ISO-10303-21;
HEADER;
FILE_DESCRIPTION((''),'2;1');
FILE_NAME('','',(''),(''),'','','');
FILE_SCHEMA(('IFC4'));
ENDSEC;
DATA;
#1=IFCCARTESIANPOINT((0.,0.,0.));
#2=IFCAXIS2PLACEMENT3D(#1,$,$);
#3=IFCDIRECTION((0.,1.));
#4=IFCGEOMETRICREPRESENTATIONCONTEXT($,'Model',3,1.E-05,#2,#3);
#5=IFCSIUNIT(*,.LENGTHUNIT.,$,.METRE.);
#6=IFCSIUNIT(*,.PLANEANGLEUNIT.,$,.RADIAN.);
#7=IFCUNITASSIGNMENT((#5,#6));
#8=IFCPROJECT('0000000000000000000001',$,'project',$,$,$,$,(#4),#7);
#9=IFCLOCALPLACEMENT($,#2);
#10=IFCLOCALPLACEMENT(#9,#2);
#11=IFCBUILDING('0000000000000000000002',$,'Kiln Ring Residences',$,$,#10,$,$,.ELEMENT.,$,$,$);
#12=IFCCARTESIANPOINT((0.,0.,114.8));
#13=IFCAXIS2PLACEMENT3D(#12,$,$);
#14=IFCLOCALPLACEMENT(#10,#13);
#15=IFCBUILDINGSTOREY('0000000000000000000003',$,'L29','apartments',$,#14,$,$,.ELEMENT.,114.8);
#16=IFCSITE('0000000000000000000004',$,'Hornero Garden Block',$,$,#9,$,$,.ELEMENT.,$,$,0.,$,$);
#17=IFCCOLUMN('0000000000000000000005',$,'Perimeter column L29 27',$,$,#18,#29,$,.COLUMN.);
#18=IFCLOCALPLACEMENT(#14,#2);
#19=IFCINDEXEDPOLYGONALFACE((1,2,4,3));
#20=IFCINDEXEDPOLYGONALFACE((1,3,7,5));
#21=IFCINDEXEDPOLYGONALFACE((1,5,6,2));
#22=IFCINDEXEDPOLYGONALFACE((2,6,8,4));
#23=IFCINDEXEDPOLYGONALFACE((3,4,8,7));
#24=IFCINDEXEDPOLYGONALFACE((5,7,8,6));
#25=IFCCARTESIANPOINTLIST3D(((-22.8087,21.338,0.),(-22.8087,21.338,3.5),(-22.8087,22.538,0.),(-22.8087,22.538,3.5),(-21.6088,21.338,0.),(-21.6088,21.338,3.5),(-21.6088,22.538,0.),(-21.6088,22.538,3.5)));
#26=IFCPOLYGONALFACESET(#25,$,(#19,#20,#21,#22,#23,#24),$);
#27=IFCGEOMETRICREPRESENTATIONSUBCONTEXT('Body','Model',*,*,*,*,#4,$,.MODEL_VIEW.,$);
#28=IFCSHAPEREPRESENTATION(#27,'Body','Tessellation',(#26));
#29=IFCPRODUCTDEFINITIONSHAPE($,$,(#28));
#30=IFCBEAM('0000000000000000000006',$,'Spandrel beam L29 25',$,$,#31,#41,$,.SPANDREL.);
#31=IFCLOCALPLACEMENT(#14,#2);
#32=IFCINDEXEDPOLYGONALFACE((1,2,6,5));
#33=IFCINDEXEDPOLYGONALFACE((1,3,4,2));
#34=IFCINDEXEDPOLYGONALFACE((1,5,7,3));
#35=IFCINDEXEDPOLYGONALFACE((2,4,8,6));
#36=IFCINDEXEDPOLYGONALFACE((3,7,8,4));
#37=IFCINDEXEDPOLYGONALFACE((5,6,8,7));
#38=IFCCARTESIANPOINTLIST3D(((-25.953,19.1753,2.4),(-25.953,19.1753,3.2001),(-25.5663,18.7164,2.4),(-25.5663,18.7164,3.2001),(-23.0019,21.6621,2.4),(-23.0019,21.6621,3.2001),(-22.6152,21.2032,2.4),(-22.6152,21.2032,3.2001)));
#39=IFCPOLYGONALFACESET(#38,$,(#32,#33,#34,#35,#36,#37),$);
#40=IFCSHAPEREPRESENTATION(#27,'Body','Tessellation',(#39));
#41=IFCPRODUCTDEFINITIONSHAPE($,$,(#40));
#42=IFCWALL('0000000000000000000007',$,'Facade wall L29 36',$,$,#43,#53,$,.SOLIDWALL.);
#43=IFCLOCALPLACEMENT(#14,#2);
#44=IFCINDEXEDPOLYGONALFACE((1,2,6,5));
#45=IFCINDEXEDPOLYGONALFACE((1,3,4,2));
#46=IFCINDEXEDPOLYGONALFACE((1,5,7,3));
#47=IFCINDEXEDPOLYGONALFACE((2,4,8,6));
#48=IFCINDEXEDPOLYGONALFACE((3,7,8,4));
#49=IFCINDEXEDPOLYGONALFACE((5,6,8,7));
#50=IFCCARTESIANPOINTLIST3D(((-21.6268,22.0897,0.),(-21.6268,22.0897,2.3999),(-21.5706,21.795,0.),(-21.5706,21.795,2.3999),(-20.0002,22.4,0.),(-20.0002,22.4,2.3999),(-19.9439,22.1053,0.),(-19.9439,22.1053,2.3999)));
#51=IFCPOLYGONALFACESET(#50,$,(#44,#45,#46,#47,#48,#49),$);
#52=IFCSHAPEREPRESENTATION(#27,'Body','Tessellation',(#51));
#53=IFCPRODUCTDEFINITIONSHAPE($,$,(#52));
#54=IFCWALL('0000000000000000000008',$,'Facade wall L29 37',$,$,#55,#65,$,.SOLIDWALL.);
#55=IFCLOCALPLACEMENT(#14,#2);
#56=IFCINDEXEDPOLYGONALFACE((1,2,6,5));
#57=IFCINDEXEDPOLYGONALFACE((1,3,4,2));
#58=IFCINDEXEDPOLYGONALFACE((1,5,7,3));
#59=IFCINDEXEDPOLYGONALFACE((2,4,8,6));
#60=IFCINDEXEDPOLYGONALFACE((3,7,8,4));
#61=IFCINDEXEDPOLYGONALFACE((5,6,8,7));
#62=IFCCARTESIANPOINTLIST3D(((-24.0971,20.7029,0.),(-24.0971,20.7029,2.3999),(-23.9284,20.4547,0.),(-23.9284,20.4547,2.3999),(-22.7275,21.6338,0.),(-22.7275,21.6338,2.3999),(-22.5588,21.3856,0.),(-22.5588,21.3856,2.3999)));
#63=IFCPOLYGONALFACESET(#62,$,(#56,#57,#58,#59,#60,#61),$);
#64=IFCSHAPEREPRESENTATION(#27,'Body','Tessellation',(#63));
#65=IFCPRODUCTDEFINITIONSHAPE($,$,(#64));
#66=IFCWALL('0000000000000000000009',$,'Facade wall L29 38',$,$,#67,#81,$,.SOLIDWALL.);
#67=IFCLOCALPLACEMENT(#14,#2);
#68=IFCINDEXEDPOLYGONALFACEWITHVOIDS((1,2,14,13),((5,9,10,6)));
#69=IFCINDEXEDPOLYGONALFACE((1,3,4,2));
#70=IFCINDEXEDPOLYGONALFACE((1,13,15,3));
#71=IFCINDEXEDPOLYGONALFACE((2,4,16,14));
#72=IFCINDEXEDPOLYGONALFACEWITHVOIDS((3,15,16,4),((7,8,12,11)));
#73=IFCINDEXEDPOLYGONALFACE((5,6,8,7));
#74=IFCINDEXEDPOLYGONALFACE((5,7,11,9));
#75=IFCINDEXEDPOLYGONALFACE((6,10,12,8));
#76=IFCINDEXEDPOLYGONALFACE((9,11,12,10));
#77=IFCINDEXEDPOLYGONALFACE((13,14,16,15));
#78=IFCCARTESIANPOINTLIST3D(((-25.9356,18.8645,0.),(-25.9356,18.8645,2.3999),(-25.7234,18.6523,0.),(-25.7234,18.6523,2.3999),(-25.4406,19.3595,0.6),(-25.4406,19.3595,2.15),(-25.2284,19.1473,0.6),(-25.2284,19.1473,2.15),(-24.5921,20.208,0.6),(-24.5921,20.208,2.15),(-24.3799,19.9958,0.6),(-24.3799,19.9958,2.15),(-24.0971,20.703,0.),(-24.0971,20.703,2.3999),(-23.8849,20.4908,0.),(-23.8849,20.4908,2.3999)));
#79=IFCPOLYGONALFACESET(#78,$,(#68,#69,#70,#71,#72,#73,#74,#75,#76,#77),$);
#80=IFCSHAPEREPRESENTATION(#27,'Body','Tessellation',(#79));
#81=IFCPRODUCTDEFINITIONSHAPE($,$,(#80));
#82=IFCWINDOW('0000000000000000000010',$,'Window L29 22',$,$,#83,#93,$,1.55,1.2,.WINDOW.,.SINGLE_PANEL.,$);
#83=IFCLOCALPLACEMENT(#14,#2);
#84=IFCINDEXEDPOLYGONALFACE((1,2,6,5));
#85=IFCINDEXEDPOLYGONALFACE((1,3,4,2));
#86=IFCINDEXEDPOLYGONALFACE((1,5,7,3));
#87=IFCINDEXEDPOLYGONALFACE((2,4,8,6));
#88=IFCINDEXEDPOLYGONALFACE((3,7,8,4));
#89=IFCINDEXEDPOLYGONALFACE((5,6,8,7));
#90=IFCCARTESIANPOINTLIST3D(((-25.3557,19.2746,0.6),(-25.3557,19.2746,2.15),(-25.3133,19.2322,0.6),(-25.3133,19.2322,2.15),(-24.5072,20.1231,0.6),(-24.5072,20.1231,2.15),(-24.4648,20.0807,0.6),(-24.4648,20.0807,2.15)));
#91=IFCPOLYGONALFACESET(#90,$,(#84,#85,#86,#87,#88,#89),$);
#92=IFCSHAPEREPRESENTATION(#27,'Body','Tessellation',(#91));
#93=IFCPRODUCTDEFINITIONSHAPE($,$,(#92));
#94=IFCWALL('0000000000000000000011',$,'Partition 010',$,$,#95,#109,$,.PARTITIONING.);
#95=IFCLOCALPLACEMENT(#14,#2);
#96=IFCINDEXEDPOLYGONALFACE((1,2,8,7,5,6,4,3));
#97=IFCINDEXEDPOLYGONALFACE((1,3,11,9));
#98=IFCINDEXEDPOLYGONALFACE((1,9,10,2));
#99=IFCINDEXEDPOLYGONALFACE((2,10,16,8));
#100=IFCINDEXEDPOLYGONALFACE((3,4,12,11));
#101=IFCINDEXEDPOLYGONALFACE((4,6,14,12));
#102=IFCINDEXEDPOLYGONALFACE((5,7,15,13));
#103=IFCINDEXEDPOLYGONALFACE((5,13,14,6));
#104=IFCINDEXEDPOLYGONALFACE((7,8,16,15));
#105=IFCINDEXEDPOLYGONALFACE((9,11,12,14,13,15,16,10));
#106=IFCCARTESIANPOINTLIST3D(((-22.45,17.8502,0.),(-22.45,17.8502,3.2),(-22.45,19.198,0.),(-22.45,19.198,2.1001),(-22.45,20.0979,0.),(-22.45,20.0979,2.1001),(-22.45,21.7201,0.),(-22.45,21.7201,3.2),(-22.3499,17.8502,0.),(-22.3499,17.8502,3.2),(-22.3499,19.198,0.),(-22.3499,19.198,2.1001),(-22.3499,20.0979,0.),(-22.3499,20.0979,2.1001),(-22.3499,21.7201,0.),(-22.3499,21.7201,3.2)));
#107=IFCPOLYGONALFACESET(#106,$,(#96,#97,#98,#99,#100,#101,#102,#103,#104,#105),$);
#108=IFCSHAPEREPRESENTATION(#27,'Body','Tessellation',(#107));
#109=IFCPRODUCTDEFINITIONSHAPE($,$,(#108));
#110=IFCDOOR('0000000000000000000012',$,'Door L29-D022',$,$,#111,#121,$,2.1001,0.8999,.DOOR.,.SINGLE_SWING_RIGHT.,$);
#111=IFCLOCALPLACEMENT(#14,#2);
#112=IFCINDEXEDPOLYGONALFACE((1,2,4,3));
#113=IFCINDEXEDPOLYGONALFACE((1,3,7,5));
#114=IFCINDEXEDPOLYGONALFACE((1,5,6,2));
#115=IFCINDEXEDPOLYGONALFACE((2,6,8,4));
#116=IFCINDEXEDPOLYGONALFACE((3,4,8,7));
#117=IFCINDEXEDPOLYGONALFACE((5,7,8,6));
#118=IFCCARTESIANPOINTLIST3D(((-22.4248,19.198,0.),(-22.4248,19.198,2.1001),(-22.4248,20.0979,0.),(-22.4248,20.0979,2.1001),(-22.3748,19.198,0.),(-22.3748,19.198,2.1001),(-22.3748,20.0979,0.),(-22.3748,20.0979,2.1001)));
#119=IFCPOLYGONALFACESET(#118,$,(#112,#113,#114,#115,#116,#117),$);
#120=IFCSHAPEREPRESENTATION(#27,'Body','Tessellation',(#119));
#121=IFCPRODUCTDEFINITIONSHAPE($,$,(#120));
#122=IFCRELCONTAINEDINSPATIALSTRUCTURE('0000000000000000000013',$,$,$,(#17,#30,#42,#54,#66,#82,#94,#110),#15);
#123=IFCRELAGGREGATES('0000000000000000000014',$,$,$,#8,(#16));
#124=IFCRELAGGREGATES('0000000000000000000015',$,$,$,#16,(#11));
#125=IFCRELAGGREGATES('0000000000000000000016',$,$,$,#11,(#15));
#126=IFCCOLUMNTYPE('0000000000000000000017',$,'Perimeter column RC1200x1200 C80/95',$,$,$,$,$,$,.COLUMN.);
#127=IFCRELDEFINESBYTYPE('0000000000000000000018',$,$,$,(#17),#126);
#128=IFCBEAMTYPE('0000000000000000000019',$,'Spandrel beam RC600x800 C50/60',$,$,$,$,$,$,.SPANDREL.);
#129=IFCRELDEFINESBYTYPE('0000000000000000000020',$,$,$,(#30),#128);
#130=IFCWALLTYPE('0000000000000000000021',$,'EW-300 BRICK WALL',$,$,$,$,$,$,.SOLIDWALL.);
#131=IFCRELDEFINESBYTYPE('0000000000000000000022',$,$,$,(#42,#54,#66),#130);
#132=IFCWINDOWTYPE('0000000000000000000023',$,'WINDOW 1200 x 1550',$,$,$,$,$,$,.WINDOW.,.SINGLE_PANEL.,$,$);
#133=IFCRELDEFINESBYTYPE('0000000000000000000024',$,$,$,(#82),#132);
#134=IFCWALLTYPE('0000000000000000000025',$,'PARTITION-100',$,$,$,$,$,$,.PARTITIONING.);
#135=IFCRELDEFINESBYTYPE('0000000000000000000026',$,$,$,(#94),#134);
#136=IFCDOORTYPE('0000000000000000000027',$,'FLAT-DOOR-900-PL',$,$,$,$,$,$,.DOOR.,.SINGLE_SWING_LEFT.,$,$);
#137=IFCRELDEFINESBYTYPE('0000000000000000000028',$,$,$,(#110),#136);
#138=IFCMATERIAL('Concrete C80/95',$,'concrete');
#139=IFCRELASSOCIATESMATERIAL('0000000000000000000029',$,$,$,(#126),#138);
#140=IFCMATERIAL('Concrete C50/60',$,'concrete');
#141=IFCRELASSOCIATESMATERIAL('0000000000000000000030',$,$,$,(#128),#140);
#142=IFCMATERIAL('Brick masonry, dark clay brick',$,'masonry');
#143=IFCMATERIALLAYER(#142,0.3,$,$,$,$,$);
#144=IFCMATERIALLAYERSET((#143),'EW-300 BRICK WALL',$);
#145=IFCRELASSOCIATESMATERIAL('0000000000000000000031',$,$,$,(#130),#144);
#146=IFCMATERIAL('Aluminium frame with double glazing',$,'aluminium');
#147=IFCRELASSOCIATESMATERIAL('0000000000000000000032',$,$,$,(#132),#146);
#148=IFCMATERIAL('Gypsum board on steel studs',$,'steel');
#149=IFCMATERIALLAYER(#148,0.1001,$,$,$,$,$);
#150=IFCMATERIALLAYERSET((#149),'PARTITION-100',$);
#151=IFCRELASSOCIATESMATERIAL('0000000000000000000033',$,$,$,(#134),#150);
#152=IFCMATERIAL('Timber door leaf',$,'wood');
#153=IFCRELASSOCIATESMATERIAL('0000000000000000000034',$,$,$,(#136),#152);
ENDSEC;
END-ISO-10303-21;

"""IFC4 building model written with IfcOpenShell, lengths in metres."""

from ifc_helpers import new_model, si_unit, direction, frame, frame_2d, origin, origin_2d, place, context, subcontext, project, spatial, rectangle, extrude, material, layer, layer_set, material_profile, profile_set, type_object, element, fill, save


model = new_model("IFC4")

# Units and contexts
model_context = context("Model", 3, precision=1e-05, world=origin(), true_north=direction((0.0, 1.0)))
body_context = subcontext(model_context, "Body", "Model", "MODEL_VIEW")
ifc_project = project(units=[si_unit("LENGTHUNIT", "METRE"), si_unit("PLANEANGLEUNIT", "RADIAN")], contexts=[model_context])

# Site, building, storey
site_placement = place(None, origin())
site = spatial("IfcSite", under=ifc_project, at=site_placement, Name="Hornero Garden Block", CompositionType="ELEMENT", RefElevation=0.0)
building_placement = place(site_placement, origin())
building = spatial("IfcBuilding", under=site, at=building_placement, Name="Kiln Ring Residences", CompositionType="ELEMENT")
storey_placement = place(building_placement, frame((0.0, 0.0, 114.8)))
storey = spatial("IfcBuildingStorey", under=building, at=storey_placement, Name="L29", Description="apartments", CompositionType="ELEMENT", Elevation=114.8)

# Column
ifc_material_1 = material(Name="Concrete C80/95", Category="concrete")
ifc_material_profile_1 = material_profile(ifc_material_1, rectangle(XDim=1.2, YDim=1.2, at=origin_2d()), Name="RC1200x1200")
ifc_profile_set_1 = profile_set([ifc_material_profile_1], Name="Concrete C80/95")
column_type = type_object("IfcColumnType", Name="Perimeter column RC1200x1200 C80/95", PredefinedType="COLUMN", material=ifc_profile_set_1)
column_placement = place(storey_placement, frame((-22.2087, 21.938, 0.0), z_axis=(0.0, 0.0, 1.0), x_axis=(1.0, 0.0, 0.0)))
element("IfcColumn", 1, at=column_placement, inside=storey, type_object=column_type, Name="Perimeter column L29 27", PredefinedType="COLUMN", context=body_context, shape_type="SweptSolid", body=[
    extrude(rectangle(XDim=1.2, YDim=1.2, at=origin_2d()), origin(), (0.0, 0.0, 1.0), 3.5),
])

# Beam
ifc_material_2 = material(Name="Concrete C50/60", Category="concrete")
ifc_material_profile_2 = material_profile(ifc_material_2, rectangle(XDim=0.6001, YDim=0.8, at=origin_2d()), Name="RC600x800")
ifc_profile_set_2 = profile_set([ifc_material_profile_2], Name="Concrete C50/60")
beam_type = type_object("IfcBeamType", Name="Spandrel beam RC600x800 C50/60", PredefinedType="SPANDREL", material=ifc_profile_set_2)
beam_placement = place(storey_placement, frame((-22.8086, 21.4326, 2.8), z_axis=(-0.764704, -0.644381, 0.0), x_axis=(0.644381, -0.764704, 0.0)))
element("IfcBeam", 2, at=beam_placement, inside=storey, type_object=beam_type, Name="Spandrel beam L29 25", PredefinedType="SPANDREL", context=body_context, shape_type="SweptSolid", body=[
    extrude(rectangle(XDim=0.6001, YDim=0.8, at=origin_2d()), origin(), (0.0, 0.0, 1.0), 3.8591),
])

# Walls
ifc_material_3 = material(Name="Brick masonry, dark clay brick", Category="masonry")
ifc_layer_1 = layer(ifc_material_3, 0.3)
ifc_layer_set_1 = layer_set([ifc_layer_1], Name="EW-300 BRICK WALL")
wall_type_1 = type_object("IfcWallType", Name="EW-300 BRICK WALL", PredefinedType="SOLIDWALL", material=ifc_layer_set_1)
for number, where, z_axis, x_axis, name in (
    (3, (-19.9719, 22.2527, 0.0), (0.0, 0.0, 1.0), (-0.982288, -0.187376, 0.0), "Facade wall L29 36"),
    (4, (-22.6431, 21.5098, 0.0), (0.0, 0.0, 1.0), (-0.82705, -0.562129, 0.0), "Facade wall L29 37"),
):
    element("IfcWall", number, at=place(storey_placement, frame(where, z_axis=z_axis, x_axis=x_axis)), inside=storey, type_object=wall_type_1, Name=name, PredefinedType="SOLIDWALL", context=body_context, shape_type="SweptSolid", body=[
        extrude(rectangle(XDim=1.656, YDim=0.3, at=frame_2d((0.8281, 0.0))), origin(), (0.0, 0.0, 1.0), 2.3999),
    ])

# Wall, opening, window
wall_1_placement = place(storey_placement, frame((-23.991, 20.5969, 0.0), z_axis=(0.0, 0.0, 1.0), x_axis=(-0.707107, -0.707107, 0.0)))
wall_1 = element("IfcWall", 5, at=wall_1_placement, inside=storey, type_object=wall_type_1, Name="Facade wall L29 38", PredefinedType="SOLIDWALL", context=body_context, shape_type="SweptSolid", body=[
    extrude(rectangle(XDim=2.6001, YDim=0.3, at=frame_2d((1.3, 0.0))), origin(), (0.0, 0.0, 1.0), 2.3999),
])
opening_1_placement = place(wall_1_placement, frame((0.7, 0.0, 0.6001)))
opening_1 = element("IfcOpeningElement", 6, at=opening_1_placement, cuts=wall_1, PredefinedType="OPENING", context=body_context, shape_type="SweptSolid", body=[
    extrude(rectangle(XDim=1.2, YDim=1.55, at=frame_2d((0.6001, 0.7749))), frame((0.0, 0.1599, 0.0), z_axis=(0.0, -1.0, 0.0), x_axis=(1.0, 0.0, 0.0)), (0.0, 0.0, 1.0), 0.3201),
])
ifc_material_4 = material(Name="Aluminium frame with double glazing", Category="aluminium")
window_type = type_object("IfcWindowType", Name="WINDOW 1200 x 1550", PartitioningType="SINGLE_PANEL", PredefinedType="WINDOW", material=ifc_material_4)
window_placement = place(opening_1_placement, origin())
window = element("IfcWindow", 7, at=window_placement, inside=storey, type_object=window_type, Name="Window L29 22", OverallHeight=1.55, OverallWidth=1.2, PartitioningType="SINGLE_PANEL", PredefinedType="WINDOW", context=body_context, shape_type="SweptSolid", body=[
    extrude(rectangle(XDim=1.2, YDim=1.55, at=frame_2d((0.6001, 0.7749))), frame((0.0, 0.03, 0.0), z_axis=(0.0, -1.0, 0.0), x_axis=(1.0, 0.0, 0.0)), (0.0, 0.0, 1.0), 0.0601),
])
fill(opening_1, window)

# Wall, opening, door
ifc_material_5 = material(Name="Gypsum board on steel studs", Category="steel")
ifc_layer_2 = layer(ifc_material_5, 0.1001)
ifc_layer_set_2 = layer_set([ifc_layer_2], Name="PARTITION-100")
wall_type_2 = type_object("IfcWallType", Name="PARTITION-100", PredefinedType="PARTITIONING", material=ifc_layer_set_2)
wall_2_placement = place(storey_placement, frame((-22.3999, 17.8501, 0.0), z_axis=(0.0, 0.0, 1.0), x_axis=(0.0, 1.0, 0.0)))
wall_2 = element("IfcWall", 8, at=wall_2_placement, inside=storey, type_object=wall_type_2, Name="Partition 010", PredefinedType="PARTITIONING", context=body_context, shape_type="SweptSolid", body=[
    extrude(rectangle(XDim=3.8699, YDim=0.1001, at=frame_2d((1.9351, 0.0))), origin(), (0.0, 0.0, 1.0), 3.2),
])
opening_2_placement = place(wall_2_placement, frame((1.3479, 0.0, 0.0)))
opening_2 = element("IfcOpeningElement", 9, at=opening_2_placement, cuts=wall_2, PredefinedType="OPENING", context=body_context, shape_type="SweptSolid", body=[
    extrude(rectangle(XDim=0.8999, YDim=2.1001, at=frame_2d((0.45, 1.05))), frame((0.0, 0.0601, 0.0), z_axis=(0.0, -1.0, 0.0), x_axis=(1.0, 0.0, 0.0)), (0.0, 0.0, 1.0), 0.1201),
])
ifc_material_6 = material(Name="Timber door leaf", Category="wood")
door_type = type_object("IfcDoorType", Name="FLAT-DOOR-900-PL", OperationType="SINGLE_SWING_LEFT", PredefinedType="DOOR", material=ifc_material_6)
door_placement = place(opening_2_placement, origin())
door = element("IfcDoor", 10, at=door_placement, inside=storey, type_object=door_type, Name="Door L29-D022", OperationType="SINGLE_SWING_RIGHT", OverallHeight=2.1001, OverallWidth=0.8999, PredefinedType="DOOR", context=body_context, shape_type="SweptSolid", body=[
    extrude(rectangle(XDim=0.8999, YDim=2.1001, at=frame_2d((0.45, 1.05))), frame((0.0, 0.0249, 0.0), z_axis=(0.0, -1.0, 0.0), x_axis=(1.0, 0.0, 0.0)), (0.0, 0.0, 1.0), 0.05),
])
fill(opening_2, door)

save(model, "model.ifc")
